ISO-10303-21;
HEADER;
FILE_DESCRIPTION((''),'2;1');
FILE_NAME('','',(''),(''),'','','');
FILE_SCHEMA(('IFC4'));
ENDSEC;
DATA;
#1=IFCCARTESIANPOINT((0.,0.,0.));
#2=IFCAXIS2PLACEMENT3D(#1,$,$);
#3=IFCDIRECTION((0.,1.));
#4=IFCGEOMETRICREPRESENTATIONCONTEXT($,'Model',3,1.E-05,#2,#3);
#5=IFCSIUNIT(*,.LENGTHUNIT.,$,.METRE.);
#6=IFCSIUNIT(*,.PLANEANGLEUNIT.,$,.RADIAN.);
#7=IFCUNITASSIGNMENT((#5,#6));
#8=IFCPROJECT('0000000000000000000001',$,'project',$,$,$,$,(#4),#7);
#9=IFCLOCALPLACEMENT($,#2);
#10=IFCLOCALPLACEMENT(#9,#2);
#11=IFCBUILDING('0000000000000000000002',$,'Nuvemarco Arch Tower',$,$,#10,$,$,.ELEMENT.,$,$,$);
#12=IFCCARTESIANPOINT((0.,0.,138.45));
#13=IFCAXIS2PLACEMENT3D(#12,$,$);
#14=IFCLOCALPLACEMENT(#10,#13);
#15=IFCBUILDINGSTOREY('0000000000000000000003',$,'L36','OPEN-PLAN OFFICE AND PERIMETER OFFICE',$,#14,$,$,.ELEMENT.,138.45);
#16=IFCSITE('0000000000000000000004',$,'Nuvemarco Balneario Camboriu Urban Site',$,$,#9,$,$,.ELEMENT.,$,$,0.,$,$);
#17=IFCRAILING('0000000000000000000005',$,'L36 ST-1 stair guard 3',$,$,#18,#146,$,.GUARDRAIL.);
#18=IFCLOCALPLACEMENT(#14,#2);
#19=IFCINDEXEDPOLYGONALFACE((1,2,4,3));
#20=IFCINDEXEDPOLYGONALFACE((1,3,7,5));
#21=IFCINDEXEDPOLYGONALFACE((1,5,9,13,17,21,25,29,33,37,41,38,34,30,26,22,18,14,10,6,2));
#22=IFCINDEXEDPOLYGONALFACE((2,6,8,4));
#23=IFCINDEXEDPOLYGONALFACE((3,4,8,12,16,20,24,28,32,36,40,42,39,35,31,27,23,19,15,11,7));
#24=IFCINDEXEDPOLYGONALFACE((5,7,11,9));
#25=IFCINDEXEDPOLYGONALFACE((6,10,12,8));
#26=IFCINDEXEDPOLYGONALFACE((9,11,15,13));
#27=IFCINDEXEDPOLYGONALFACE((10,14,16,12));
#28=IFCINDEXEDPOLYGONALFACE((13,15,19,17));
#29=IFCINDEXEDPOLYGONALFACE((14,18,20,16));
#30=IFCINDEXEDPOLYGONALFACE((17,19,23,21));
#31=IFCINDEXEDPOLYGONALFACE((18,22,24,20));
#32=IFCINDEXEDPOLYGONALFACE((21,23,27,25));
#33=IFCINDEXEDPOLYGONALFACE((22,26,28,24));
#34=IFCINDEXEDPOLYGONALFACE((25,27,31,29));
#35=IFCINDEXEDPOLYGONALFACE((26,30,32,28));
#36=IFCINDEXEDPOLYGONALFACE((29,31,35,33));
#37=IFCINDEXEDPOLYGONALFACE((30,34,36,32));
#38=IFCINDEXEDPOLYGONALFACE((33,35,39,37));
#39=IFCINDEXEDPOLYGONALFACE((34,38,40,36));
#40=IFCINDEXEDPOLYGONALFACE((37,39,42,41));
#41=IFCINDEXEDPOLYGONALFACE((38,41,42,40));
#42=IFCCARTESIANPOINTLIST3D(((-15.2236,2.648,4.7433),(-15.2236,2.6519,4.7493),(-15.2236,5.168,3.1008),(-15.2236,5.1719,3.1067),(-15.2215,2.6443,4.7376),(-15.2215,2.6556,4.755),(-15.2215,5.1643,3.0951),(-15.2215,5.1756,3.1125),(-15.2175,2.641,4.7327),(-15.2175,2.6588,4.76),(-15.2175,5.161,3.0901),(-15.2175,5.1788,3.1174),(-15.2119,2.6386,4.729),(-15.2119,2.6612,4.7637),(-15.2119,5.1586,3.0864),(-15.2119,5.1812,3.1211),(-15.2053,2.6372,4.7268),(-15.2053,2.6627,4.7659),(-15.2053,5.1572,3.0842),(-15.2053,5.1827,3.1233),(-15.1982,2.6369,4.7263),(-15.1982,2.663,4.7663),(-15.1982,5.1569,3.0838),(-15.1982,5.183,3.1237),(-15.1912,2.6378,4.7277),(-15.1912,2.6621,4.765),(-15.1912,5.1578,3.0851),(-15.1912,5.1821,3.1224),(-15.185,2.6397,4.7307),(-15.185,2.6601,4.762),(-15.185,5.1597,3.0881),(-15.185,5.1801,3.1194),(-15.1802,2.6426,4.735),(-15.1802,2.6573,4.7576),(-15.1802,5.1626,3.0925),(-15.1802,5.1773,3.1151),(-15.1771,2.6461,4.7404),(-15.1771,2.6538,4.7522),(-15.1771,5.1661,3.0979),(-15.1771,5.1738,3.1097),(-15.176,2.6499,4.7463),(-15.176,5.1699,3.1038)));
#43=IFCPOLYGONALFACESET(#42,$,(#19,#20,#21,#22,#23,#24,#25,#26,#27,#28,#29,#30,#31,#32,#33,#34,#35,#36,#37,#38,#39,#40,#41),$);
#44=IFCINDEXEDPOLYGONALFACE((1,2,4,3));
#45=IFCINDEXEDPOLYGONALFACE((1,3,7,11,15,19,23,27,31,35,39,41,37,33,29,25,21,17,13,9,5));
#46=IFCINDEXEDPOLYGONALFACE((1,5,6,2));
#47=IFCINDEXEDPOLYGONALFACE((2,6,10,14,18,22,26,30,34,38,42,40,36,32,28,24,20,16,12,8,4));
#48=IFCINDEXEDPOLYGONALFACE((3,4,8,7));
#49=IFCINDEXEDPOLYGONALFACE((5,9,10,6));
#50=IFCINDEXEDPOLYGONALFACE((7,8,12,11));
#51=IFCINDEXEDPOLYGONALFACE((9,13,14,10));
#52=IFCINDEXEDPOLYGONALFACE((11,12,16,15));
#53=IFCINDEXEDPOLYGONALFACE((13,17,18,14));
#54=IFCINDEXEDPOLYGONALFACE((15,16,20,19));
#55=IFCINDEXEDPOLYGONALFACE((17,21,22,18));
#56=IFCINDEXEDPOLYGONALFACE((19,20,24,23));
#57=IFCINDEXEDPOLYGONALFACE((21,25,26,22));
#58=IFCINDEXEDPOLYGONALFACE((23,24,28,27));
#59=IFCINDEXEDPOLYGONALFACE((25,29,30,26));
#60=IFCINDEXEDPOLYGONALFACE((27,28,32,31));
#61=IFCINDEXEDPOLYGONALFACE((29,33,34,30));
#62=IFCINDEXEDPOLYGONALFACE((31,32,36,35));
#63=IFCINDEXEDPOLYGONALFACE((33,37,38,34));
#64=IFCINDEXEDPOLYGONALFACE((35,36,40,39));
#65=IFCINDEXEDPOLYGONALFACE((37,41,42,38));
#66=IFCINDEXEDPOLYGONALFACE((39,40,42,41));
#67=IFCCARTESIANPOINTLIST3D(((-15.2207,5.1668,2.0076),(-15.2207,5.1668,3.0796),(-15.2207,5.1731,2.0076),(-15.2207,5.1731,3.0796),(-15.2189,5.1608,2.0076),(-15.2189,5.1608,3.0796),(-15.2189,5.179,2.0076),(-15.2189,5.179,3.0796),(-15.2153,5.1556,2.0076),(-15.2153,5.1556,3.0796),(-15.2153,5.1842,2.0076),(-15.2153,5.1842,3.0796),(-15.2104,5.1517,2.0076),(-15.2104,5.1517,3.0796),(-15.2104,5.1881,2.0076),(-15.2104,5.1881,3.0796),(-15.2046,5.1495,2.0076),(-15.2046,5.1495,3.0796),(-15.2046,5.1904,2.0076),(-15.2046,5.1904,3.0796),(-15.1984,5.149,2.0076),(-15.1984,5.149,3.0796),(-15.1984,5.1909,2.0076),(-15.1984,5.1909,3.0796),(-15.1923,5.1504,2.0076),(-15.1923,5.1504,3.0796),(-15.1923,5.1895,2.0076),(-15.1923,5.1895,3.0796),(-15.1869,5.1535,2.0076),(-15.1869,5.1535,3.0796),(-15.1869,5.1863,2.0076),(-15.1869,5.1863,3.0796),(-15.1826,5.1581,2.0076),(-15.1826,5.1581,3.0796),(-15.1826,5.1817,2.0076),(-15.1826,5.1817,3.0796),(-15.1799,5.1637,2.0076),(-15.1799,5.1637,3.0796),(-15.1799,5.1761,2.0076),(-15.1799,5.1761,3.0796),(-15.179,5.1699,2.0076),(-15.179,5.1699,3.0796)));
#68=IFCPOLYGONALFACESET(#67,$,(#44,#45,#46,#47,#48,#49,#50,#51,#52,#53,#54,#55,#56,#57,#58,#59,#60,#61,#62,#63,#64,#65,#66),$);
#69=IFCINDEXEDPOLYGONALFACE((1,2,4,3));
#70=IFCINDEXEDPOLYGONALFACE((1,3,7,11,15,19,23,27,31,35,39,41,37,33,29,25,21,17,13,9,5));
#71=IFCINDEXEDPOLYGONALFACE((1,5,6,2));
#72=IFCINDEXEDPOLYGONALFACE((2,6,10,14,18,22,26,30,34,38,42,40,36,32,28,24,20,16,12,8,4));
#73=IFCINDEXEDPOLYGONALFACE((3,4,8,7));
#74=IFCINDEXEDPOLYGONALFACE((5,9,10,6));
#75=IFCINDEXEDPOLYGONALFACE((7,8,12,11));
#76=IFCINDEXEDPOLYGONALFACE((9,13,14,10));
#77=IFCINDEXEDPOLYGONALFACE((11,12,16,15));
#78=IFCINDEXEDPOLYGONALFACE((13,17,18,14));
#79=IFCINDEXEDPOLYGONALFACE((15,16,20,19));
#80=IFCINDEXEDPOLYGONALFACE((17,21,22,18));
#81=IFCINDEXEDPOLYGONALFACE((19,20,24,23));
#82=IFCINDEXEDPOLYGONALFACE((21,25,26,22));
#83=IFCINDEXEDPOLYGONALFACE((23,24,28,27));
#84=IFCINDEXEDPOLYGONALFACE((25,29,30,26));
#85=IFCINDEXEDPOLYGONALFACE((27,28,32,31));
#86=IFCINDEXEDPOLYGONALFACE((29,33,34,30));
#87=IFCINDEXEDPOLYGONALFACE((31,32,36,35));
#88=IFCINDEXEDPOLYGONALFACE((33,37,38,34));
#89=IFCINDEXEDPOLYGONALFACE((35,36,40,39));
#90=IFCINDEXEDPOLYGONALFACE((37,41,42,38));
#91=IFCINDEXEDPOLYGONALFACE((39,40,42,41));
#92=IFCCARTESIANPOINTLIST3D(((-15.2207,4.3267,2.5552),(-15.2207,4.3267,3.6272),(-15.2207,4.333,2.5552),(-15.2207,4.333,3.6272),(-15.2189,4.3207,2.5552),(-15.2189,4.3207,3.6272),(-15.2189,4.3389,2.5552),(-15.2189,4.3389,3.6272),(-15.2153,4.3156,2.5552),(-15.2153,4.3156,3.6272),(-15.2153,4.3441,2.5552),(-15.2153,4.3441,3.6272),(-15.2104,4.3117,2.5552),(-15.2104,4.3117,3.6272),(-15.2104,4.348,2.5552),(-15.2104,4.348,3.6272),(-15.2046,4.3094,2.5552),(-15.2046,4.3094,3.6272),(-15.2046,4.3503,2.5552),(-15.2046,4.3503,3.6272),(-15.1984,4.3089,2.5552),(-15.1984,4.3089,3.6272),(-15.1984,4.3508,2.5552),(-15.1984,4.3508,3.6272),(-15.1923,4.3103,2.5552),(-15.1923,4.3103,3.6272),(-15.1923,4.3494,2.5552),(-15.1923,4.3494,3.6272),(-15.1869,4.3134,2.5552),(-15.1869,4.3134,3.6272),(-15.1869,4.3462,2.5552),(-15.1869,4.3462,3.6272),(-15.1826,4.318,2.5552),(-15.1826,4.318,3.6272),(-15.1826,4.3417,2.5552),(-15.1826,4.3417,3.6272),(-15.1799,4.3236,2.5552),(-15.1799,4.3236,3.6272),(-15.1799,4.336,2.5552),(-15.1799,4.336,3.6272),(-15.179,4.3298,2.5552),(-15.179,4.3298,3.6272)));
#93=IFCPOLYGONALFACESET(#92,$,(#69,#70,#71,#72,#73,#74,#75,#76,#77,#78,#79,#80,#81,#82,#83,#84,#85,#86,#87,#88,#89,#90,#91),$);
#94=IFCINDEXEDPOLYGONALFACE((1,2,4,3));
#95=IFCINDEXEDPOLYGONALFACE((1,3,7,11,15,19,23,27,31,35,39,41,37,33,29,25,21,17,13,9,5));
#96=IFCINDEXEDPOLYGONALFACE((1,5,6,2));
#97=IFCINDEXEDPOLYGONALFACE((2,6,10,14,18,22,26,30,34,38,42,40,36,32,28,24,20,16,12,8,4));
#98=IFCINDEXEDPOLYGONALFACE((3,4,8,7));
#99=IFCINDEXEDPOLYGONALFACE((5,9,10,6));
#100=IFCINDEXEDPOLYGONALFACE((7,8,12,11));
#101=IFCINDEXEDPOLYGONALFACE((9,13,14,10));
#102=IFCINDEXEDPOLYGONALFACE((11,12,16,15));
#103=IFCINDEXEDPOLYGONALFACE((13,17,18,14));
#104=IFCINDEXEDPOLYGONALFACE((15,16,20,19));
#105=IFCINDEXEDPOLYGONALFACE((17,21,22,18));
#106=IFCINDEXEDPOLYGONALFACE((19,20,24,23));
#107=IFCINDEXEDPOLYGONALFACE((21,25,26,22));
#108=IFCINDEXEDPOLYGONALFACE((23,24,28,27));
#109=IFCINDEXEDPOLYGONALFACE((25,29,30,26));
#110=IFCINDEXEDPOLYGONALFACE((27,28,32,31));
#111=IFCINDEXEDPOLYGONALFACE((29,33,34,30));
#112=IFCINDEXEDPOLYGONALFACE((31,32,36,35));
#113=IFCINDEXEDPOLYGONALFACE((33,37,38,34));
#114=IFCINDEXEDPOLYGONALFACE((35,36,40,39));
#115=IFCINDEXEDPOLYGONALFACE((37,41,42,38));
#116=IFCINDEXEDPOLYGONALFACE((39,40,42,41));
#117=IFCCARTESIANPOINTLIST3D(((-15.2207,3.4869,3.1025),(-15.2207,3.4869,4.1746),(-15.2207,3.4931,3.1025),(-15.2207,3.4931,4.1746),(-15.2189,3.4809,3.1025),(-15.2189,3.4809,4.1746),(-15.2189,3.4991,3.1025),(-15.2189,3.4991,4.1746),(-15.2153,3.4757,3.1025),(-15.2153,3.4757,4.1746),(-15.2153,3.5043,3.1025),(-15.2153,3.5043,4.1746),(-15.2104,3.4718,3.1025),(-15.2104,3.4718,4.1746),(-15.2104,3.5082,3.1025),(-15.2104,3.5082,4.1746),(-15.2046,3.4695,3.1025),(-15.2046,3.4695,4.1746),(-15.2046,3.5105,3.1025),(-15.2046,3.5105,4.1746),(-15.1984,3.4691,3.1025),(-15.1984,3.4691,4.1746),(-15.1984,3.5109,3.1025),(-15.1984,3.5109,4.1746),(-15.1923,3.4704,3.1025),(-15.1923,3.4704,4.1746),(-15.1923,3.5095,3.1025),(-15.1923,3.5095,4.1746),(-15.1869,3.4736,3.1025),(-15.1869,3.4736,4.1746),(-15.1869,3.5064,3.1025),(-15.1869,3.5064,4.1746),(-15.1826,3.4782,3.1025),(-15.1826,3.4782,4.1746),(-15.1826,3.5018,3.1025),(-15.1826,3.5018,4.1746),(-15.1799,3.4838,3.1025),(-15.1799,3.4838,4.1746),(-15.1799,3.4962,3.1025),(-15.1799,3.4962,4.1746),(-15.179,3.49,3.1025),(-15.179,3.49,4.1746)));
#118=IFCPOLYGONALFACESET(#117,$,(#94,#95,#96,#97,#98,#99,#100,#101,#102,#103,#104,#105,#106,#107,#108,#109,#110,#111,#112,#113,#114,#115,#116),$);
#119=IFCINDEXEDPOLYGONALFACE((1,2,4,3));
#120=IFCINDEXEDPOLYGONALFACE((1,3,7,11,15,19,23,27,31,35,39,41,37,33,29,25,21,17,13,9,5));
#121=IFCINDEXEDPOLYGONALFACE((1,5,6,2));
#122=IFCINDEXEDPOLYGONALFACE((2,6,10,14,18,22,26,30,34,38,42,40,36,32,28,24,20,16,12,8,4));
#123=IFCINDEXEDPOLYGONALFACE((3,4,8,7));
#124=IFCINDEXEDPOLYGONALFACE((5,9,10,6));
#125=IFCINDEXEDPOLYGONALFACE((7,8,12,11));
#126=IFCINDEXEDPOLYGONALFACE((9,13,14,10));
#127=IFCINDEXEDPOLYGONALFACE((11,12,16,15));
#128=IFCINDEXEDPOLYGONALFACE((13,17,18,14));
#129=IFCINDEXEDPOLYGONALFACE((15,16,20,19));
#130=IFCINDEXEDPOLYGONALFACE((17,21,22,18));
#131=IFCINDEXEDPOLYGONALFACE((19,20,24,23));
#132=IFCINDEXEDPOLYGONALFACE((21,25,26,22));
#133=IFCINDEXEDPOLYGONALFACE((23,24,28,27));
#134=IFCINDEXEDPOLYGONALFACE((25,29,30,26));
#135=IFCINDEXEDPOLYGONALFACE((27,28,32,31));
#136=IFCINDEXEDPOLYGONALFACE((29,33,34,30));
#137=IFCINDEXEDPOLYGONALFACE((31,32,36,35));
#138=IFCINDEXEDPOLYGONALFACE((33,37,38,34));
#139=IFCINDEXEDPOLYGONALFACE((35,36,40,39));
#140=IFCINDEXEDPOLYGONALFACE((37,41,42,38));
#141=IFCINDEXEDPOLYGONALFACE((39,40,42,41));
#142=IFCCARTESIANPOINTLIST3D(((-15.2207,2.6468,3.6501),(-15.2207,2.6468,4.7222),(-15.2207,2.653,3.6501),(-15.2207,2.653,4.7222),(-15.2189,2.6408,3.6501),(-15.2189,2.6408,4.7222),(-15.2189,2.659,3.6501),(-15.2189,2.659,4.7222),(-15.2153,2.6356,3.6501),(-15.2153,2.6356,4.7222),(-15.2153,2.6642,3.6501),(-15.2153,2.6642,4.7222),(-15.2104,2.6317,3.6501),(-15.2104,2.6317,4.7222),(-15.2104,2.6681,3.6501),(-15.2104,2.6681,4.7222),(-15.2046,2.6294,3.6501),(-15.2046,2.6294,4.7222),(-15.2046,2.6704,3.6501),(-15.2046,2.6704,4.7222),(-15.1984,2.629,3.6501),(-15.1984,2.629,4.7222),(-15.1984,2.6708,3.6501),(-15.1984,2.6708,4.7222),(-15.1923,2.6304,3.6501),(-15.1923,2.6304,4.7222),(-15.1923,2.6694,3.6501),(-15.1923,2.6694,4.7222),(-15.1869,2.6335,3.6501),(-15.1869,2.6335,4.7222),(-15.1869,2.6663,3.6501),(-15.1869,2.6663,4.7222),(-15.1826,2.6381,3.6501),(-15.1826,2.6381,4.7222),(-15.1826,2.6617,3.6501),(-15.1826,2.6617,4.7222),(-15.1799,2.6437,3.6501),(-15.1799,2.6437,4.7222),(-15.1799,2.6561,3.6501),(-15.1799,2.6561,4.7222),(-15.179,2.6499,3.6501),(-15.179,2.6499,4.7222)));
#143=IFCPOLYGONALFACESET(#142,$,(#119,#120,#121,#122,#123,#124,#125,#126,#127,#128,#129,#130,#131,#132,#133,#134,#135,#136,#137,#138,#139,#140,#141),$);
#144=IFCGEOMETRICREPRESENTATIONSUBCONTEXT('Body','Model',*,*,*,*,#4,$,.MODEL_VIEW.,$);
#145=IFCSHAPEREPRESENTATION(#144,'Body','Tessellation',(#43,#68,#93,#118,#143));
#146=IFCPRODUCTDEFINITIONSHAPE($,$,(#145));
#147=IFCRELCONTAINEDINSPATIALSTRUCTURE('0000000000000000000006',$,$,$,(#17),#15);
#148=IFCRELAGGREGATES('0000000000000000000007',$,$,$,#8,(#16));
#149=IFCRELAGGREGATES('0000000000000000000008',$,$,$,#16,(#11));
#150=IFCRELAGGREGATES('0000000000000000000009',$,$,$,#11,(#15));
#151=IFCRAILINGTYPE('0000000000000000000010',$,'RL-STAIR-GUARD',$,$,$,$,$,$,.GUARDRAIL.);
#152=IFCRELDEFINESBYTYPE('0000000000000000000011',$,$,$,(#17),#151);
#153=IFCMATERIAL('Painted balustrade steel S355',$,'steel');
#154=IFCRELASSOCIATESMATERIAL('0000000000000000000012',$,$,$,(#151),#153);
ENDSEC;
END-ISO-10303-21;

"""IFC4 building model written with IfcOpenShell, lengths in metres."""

from ifc_helpers import new_model, si_unit, direction, frame, origin, origin_2d, place, context, subcontext, project, spatial, circle, extrude, material, type_object, element, save


model = new_model("IFC4")

# Units and contexts
model_context = context("Model", 3, precision=1e-05, world=origin(), true_north=direction((0.0, 1.0)))
body_context = subcontext(model_context, "Body", "Model", "MODEL_VIEW")
ifc_project = project(units=[si_unit("LENGTHUNIT", "METRE"), si_unit("PLANEANGLEUNIT", "RADIAN")], contexts=[model_context])

# Site, building, storey
site_placement = place(None, origin())
site = spatial("IfcSite", under=ifc_project, at=site_placement, Name="Nuvemarco Balneario Camboriu Urban Site", CompositionType="ELEMENT", RefElevation=0.0)
building_placement = place(site_placement, origin())
building = spatial("IfcBuilding", under=site, at=building_placement, Name="Nuvemarco Arch Tower", CompositionType="ELEMENT")
storey_placement = place(building_placement, frame((0.0, 0.0, 138.45)))
storey = spatial("IfcBuildingStorey", under=building, at=storey_placement, Name="L36", Description="OPEN-PLAN OFFICE AND PERIMETER OFFICE", CompositionType="ELEMENT", Elevation=138.45)

# Railing
ifc_material_1 = material(Name="Painted balustrade steel S355", Category="steel")
railing_type_1 = type_object("IfcRailingType", Name="RL-STAIR-GUARD", PredefinedType="GUARDRAIL", material=ifc_material_1)
railing_1_placement = place(storey_placement, frame((-15.2, 5.1699, 2.0076)))
element("IfcRailing", 1, at=railing_1_placement, inside=storey, type_object=railing_type_1, Name="L36 ST-1 stair guard 3", PredefinedType="GUARDRAIL", context=body_context, shape_type="SweptSolid", body=[
    extrude(circle(Radius=0.0239, at=origin_2d()), frame((0.0, 0.0, 1.0962), z_axis=(0.0, -0.837749, 0.546055), x_axis=(1.0, 0.0, 0.0)), (0.0, 0.0, 1.0), 3.0081),
    extrude(circle(Radius=0.021, at=origin_2d()), origin(), (0.0, 0.0, 1.0), 1.072),
    extrude(circle(Radius=0.021, at=origin_2d()), frame((0.0, -0.8401, 0.5476)), (0.0, 0.0, 1.0), 1.072),
    extrude(circle(Radius=0.021, at=origin_2d()), frame((0.0, -1.6799, 1.095)), (0.0, 0.0, 1.0), 1.072),
    extrude(circle(Radius=0.021, at=origin_2d()), frame((0.0, -2.52, 1.6426)), (0.0, 0.0, 1.0), 1.072),
])

save(model, "model.ifc")
